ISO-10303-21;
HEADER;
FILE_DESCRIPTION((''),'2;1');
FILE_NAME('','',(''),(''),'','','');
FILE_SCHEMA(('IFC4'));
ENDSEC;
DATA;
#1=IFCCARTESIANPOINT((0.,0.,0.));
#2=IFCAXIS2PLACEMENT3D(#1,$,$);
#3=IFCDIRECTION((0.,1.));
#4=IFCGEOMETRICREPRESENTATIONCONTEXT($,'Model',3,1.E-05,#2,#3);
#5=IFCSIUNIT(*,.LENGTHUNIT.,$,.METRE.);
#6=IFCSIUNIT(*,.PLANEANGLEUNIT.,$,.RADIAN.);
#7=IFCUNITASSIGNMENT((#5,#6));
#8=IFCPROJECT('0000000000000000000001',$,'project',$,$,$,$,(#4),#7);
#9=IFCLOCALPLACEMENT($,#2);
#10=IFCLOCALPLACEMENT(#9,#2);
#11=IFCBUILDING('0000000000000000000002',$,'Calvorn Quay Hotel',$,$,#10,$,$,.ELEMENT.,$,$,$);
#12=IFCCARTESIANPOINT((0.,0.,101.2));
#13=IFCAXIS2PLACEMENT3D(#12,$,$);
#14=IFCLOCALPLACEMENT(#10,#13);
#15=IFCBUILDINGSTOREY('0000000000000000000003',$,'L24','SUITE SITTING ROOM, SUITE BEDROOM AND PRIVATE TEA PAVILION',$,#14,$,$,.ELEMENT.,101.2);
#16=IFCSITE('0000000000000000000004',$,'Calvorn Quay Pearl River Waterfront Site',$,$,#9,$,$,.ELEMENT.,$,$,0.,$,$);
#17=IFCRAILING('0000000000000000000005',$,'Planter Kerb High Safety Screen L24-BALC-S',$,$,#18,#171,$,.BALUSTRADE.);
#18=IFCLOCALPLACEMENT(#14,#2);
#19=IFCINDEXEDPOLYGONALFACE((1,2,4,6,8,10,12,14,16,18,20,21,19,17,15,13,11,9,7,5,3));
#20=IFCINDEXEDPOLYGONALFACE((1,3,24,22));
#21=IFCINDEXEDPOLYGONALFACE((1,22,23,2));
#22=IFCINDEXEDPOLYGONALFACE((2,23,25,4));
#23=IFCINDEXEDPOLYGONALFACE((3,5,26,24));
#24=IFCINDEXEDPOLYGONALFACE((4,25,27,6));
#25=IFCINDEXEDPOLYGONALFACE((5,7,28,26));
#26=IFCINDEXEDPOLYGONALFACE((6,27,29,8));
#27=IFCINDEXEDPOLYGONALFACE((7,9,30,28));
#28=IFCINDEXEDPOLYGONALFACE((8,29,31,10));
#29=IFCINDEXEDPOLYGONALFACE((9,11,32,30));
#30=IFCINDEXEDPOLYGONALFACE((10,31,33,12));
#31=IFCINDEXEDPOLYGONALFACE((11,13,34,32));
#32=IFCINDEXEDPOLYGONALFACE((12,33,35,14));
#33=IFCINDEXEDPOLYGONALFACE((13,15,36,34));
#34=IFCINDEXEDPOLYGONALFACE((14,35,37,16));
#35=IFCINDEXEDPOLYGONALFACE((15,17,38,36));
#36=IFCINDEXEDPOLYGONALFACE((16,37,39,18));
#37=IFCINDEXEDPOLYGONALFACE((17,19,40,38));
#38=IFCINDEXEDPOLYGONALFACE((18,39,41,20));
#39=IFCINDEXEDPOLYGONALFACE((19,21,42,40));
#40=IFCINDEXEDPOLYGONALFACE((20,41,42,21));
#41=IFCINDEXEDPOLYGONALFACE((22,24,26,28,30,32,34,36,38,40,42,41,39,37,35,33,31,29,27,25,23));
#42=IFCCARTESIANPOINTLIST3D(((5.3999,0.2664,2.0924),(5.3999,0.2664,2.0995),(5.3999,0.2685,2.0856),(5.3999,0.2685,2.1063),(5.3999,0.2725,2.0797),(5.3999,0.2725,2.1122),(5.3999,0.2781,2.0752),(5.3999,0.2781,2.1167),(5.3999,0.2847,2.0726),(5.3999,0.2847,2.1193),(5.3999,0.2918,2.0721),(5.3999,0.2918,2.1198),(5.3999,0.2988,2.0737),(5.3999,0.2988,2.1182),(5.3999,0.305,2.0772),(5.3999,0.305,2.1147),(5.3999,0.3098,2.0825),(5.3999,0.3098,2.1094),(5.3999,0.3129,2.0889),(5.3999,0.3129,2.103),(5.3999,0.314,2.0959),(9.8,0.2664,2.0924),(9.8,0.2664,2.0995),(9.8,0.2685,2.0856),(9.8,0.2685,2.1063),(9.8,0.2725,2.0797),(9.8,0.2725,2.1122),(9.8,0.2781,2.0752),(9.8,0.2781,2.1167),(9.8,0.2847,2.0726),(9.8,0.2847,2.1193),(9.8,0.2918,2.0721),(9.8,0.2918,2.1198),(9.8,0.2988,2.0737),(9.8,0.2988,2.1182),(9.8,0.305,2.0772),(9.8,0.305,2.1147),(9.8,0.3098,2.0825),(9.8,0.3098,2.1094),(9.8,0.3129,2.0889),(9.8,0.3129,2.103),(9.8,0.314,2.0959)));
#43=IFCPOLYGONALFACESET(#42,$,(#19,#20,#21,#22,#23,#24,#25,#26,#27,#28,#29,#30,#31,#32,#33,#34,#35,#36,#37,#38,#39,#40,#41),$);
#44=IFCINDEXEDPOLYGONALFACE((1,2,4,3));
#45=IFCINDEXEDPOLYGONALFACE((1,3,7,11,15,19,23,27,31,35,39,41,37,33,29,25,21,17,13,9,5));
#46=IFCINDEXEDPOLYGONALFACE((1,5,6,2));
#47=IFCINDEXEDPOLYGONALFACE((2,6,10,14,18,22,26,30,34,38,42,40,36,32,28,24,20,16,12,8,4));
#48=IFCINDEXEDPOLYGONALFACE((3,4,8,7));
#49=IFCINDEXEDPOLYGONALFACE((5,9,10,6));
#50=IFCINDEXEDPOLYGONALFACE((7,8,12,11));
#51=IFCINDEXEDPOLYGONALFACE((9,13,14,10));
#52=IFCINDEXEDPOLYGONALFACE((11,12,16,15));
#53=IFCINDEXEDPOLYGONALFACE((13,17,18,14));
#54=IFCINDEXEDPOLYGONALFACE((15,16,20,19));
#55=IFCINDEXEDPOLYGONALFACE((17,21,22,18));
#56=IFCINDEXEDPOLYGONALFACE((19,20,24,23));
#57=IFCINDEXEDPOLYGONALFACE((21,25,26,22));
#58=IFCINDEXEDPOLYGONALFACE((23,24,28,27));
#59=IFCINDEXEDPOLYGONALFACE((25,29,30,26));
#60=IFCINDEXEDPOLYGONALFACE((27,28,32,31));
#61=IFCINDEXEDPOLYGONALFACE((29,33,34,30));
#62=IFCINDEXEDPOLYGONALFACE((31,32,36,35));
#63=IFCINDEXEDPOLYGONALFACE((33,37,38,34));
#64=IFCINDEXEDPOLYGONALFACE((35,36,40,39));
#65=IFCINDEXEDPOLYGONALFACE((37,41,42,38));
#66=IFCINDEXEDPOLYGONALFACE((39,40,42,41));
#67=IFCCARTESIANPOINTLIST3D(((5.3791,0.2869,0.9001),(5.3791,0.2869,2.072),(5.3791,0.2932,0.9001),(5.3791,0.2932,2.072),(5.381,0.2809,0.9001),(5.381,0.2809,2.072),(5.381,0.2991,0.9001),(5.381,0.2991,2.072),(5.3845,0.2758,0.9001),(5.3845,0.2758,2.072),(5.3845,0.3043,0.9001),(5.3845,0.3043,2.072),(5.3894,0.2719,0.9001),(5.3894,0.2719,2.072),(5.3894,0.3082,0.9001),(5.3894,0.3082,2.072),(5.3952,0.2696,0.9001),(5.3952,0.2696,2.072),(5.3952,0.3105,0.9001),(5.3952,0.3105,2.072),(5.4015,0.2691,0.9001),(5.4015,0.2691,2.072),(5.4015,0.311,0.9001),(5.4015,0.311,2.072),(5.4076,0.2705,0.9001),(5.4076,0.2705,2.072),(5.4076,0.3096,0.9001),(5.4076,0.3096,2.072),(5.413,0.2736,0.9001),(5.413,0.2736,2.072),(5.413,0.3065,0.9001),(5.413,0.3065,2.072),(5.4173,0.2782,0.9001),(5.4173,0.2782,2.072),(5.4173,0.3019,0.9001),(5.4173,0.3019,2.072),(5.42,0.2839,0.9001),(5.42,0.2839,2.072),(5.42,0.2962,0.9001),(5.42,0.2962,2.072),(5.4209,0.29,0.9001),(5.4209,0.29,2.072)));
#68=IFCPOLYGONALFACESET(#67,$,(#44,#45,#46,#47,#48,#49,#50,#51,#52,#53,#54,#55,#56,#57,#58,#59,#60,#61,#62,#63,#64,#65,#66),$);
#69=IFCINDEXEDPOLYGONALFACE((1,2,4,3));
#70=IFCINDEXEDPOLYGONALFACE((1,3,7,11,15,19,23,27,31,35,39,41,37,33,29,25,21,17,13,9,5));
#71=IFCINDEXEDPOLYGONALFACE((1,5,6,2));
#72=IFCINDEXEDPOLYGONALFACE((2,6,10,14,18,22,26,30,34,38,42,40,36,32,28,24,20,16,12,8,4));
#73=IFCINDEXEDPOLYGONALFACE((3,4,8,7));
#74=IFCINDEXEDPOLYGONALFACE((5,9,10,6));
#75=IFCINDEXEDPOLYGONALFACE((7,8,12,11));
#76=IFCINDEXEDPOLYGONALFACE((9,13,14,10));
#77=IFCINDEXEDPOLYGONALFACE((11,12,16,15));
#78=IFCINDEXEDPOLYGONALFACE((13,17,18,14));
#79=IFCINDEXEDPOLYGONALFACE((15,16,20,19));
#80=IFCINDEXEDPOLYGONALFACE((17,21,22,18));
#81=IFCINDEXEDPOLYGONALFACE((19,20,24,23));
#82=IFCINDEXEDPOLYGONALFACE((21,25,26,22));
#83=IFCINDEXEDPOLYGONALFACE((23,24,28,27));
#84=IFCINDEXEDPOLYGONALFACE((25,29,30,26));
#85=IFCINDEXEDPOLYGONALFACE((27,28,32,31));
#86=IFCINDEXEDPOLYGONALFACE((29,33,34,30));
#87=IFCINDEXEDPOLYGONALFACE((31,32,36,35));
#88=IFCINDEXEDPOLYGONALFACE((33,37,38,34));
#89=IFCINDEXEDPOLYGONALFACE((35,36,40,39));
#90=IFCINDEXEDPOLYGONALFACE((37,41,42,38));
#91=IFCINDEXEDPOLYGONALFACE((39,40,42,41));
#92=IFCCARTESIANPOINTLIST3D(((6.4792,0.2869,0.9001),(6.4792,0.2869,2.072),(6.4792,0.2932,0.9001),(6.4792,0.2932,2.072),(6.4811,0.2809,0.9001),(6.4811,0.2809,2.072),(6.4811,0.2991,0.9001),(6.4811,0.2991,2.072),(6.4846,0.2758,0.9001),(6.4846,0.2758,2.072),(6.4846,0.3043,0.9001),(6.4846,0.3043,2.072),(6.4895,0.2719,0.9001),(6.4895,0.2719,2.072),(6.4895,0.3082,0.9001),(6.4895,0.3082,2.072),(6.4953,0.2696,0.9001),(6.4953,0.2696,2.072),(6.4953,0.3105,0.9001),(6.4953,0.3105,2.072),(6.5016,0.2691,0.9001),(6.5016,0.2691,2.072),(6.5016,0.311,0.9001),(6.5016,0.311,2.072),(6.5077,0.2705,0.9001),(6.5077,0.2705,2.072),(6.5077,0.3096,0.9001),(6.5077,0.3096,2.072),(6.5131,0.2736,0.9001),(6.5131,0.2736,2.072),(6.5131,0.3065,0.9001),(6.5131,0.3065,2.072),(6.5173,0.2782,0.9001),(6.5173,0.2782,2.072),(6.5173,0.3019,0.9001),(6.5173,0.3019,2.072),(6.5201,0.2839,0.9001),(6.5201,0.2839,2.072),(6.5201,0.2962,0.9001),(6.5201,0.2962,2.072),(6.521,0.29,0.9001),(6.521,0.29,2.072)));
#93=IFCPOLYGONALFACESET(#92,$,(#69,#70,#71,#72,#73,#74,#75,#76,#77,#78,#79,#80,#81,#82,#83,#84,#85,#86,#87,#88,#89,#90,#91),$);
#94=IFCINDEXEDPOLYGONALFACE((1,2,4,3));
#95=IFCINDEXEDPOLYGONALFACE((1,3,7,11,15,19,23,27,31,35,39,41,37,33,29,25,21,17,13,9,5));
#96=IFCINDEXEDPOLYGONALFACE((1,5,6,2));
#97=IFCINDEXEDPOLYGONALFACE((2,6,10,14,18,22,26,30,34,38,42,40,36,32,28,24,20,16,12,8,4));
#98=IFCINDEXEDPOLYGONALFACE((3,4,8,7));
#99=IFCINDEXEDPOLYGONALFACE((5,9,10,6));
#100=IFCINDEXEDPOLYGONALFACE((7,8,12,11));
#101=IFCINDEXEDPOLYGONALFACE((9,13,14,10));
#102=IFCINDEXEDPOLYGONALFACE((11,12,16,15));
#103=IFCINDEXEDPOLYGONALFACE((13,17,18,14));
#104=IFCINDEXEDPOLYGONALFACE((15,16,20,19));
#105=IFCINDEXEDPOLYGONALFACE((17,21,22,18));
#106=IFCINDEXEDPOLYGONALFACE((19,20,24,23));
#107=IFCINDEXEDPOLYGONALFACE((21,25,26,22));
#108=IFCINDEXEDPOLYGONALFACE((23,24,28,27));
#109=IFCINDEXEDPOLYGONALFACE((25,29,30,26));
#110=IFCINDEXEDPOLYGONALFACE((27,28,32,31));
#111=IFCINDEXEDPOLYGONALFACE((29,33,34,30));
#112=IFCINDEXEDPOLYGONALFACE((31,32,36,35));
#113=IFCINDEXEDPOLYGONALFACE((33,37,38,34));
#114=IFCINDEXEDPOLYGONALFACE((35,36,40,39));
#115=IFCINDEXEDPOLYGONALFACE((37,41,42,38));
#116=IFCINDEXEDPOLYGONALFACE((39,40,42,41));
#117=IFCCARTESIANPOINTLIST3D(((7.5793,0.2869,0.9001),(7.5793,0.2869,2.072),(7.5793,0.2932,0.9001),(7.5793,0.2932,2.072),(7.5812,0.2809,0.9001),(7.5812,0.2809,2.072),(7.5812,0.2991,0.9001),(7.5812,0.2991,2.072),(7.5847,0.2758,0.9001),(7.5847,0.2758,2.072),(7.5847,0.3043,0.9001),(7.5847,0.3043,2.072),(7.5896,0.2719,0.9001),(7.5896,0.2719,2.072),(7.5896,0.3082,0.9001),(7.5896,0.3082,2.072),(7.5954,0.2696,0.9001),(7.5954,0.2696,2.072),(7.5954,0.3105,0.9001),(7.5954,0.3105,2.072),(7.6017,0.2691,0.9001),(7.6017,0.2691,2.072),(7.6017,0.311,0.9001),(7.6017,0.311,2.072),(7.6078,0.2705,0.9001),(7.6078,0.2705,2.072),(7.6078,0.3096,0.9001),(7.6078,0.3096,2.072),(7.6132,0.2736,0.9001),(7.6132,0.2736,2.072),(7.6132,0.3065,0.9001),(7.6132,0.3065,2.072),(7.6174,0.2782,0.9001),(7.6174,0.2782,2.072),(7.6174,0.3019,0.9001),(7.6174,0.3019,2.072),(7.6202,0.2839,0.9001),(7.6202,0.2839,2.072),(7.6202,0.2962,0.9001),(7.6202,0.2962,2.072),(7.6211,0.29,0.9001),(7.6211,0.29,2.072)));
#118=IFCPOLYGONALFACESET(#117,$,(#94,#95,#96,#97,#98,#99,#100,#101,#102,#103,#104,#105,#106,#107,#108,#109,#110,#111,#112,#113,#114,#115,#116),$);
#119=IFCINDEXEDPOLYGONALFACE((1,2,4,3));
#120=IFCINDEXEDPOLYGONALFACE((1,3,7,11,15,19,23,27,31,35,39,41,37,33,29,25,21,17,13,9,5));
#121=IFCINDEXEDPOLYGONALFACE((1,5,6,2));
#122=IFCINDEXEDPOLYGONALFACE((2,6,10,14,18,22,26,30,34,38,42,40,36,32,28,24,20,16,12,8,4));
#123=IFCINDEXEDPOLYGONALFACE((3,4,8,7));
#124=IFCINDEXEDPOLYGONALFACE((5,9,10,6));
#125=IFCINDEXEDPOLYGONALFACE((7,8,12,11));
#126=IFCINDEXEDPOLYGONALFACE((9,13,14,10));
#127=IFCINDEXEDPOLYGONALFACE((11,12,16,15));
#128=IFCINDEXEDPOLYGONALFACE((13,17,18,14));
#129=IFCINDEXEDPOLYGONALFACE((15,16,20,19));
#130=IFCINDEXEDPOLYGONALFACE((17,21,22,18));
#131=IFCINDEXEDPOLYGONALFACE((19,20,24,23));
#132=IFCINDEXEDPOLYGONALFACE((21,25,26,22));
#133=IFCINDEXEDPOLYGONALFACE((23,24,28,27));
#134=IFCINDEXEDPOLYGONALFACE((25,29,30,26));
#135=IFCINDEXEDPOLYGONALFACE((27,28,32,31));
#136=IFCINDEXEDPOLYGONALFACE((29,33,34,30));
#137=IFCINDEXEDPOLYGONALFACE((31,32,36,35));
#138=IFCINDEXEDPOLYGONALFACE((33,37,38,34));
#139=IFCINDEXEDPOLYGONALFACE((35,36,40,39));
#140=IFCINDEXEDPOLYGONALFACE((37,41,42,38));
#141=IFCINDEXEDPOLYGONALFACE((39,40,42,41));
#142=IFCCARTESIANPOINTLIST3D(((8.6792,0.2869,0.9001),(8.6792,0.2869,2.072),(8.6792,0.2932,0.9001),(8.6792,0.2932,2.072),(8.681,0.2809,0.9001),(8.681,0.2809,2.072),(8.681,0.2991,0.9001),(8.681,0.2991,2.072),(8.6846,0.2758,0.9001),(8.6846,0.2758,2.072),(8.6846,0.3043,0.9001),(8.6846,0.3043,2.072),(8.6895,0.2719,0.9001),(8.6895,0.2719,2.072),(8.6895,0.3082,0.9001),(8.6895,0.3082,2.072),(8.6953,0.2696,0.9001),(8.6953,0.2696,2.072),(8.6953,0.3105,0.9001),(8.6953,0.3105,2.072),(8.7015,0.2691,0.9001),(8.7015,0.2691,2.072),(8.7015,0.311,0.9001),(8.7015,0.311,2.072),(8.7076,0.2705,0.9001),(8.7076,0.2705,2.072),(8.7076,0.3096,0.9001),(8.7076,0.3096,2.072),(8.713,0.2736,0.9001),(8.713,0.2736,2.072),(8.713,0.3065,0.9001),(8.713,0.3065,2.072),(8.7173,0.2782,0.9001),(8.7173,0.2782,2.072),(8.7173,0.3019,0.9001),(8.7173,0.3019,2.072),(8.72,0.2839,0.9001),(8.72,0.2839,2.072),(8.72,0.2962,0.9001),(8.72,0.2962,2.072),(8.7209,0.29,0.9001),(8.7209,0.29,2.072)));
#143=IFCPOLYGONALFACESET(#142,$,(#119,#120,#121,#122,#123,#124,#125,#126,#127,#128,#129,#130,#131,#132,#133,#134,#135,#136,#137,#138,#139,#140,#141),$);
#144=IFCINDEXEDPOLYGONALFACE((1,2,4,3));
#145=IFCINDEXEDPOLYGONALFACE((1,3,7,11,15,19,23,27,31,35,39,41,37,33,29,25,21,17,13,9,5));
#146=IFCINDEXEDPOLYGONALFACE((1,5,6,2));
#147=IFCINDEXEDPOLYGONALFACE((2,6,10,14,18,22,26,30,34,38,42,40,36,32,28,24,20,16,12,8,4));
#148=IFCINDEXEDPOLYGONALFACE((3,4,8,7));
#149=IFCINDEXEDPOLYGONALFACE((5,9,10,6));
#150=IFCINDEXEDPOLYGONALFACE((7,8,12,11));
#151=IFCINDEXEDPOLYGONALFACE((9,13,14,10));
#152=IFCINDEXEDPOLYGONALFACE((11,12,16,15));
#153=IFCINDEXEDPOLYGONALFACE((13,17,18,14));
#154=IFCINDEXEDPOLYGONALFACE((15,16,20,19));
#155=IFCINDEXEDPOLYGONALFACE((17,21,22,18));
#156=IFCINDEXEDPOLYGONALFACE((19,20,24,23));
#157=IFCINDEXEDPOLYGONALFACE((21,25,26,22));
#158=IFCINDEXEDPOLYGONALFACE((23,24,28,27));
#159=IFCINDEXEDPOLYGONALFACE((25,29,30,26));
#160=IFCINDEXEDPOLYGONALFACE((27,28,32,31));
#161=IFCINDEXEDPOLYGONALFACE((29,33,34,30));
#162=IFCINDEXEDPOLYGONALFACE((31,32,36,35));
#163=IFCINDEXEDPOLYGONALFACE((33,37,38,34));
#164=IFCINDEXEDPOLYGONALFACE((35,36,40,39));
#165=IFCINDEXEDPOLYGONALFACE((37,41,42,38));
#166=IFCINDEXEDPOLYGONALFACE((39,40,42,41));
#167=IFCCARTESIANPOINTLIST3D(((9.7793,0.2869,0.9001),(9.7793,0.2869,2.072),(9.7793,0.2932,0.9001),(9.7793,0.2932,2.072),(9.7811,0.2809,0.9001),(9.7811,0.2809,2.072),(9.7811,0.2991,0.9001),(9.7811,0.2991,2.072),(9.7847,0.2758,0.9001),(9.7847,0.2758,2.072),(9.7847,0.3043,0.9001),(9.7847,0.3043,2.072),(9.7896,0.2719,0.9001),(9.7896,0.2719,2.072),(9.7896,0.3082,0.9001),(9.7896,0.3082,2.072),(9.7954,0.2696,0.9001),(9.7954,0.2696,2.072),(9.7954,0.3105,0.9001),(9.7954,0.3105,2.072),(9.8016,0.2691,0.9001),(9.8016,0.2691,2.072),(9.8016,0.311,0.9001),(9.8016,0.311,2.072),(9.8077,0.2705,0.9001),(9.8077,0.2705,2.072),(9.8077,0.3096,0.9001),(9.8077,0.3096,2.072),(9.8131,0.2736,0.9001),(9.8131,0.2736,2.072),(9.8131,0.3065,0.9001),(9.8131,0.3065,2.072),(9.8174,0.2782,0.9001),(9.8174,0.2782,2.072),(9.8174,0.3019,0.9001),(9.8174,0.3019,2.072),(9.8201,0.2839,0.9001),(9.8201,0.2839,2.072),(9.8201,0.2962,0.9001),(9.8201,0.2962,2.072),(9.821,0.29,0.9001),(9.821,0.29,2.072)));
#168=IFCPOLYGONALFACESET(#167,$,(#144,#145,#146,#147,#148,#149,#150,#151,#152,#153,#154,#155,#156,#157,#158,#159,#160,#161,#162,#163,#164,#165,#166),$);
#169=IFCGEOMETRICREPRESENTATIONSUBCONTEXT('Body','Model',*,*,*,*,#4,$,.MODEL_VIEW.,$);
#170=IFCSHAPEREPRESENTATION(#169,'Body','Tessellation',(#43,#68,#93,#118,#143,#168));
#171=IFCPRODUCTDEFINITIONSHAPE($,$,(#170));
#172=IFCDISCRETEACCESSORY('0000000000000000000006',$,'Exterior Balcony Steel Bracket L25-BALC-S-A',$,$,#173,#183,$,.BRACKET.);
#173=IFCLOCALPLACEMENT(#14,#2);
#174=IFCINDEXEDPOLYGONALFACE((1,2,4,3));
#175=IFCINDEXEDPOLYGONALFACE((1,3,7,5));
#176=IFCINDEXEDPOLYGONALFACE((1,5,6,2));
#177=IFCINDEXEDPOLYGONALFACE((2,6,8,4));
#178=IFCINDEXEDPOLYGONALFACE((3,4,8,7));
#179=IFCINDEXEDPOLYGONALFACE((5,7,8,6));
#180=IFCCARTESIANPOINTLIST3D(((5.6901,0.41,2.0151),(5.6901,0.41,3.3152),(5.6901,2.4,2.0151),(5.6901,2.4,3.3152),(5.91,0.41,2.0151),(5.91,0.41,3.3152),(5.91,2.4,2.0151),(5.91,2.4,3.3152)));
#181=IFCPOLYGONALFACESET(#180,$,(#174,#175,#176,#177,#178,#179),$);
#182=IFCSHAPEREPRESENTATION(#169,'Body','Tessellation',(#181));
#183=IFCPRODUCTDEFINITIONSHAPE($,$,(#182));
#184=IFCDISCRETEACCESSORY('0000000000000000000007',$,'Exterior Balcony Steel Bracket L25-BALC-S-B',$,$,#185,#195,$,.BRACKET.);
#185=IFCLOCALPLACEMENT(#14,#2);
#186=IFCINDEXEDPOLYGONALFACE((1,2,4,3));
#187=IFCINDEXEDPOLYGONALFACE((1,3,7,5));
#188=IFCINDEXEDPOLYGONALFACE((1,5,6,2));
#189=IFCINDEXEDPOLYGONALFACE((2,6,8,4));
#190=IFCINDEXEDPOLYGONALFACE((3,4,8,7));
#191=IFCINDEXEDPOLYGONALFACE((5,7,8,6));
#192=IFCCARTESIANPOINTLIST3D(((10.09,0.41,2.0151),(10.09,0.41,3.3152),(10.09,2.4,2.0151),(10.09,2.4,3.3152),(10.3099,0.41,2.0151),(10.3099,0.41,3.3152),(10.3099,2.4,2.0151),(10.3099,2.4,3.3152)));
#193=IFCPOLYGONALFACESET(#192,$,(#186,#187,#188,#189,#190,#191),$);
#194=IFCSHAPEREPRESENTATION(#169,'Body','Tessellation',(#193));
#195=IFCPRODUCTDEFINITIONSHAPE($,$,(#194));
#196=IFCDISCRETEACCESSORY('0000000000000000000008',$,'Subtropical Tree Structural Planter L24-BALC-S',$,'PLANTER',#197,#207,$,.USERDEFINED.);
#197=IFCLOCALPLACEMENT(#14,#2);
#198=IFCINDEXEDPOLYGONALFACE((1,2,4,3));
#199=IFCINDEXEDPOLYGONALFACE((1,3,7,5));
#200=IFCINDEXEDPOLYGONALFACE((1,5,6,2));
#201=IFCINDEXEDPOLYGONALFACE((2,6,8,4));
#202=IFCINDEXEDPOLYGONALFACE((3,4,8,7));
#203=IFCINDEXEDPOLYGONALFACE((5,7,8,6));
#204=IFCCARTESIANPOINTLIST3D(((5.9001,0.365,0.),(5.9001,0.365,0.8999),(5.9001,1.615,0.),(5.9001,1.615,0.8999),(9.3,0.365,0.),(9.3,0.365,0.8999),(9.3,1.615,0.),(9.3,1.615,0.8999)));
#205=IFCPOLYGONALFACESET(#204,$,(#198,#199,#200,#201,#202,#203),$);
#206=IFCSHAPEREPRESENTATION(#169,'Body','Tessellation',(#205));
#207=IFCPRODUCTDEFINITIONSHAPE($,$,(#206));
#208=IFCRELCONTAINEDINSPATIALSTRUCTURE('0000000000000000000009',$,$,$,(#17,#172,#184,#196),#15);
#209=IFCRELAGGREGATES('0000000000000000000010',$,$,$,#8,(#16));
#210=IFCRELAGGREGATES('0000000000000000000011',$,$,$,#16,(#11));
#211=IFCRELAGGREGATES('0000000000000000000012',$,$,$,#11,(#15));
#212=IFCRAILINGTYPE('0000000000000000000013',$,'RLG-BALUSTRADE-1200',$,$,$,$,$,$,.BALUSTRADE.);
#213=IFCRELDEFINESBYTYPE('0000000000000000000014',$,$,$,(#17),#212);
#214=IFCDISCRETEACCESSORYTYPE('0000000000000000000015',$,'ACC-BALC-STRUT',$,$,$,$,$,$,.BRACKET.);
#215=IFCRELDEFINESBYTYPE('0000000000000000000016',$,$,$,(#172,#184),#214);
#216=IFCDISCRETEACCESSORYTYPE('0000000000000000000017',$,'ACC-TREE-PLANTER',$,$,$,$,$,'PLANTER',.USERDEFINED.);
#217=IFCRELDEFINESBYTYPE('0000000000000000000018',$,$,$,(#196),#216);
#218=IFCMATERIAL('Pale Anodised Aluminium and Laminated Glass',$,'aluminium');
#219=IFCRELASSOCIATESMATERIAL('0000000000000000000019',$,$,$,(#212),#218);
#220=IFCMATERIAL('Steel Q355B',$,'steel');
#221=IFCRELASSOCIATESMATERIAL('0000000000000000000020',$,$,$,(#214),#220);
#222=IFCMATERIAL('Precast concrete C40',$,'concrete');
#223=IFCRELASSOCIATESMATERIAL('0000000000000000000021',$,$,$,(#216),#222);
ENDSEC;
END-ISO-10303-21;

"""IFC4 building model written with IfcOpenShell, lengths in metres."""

from ifc_helpers import new_model, si_unit, direction, frame, origin, origin_2d, place, context, subcontext, project, spatial, rectangle, circle, extrude, material, type_object, element, save


model = new_model("IFC4")

# Units and contexts
model_context = context("Model", 3, precision=1e-05, world=origin(), true_north=direction((0.0, 1.0)))
body_context = subcontext(model_context, "Body", "Model", "MODEL_VIEW")
ifc_project = project(units=[si_unit("LENGTHUNIT", "METRE"), si_unit("PLANEANGLEUNIT", "RADIAN")], contexts=[model_context])

# Site, building, storey
site_placement = place(None, origin())
site = spatial("IfcSite", under=ifc_project, at=site_placement, Name="Calvorn Quay Pearl River Waterfront Site", CompositionType="ELEMENT", RefElevation=0.0)
building_placement = place(site_placement, origin())
building = spatial("IfcBuilding", under=site, at=building_placement, Name="Calvorn Quay Hotel", CompositionType="ELEMENT")
storey_placement = place(building_placement, frame((0.0, 0.0, 101.2)))
storey = spatial("IfcBuildingStorey", under=building, at=storey_placement, Name="L24", Description="SUITE SITTING ROOM, SUITE BEDROOM AND PRIVATE TEA PAVILION", CompositionType="ELEMENT", Elevation=101.2)

# Railing
ifc_material_1 = material(Name="Pale Anodised Aluminium and Laminated Glass", Category="aluminium")
railing_type = type_object("IfcRailingType", Name="RLG-BALUSTRADE-1200", PredefinedType="BALUSTRADE", material=ifc_material_1)
railing_1_placement = place(storey_placement, frame((5.3999, 0.29, 0.9001)))
element("IfcRailing", 1, at=railing_1_placement, inside=storey, type_object=railing_type, Name="Planter Kerb High Safety Screen L24-BALC-S", PredefinedType="BALUSTRADE", context=body_context, shape_type="SweptSolid", body=[
    extrude(circle(Radius=0.0239, at=origin_2d()), frame((0.0, 0.0, 1.1958), z_axis=(1.0, 0.0, 0.0), x_axis=(0.0, 1.0, 0.0)), (0.0, 0.0, 1.0), 4.4001),
    extrude(circle(Radius=0.021, at=origin_2d()), origin(), (0.0, 0.0, 1.0), 1.1719),
    extrude(circle(Radius=0.021, at=origin_2d()), frame((1.1001, 0.0, 0.0)), (0.0, 0.0, 1.0), 1.1719),
    extrude(circle(Radius=0.021, at=origin_2d()), frame((2.2002, 0.0, 0.0)), (0.0, 0.0, 1.0), 1.1719),
    extrude(circle(Radius=0.021, at=origin_2d()), frame((3.3, 0.0, 0.0)), (0.0, 0.0, 1.0), 1.1719),
    extrude(circle(Radius=0.021, at=origin_2d()), frame((4.4001, 0.0, 0.0)), (0.0, 0.0, 1.0), 1.1719),
])

# Discrete accessories
ifc_material_2 = material(Name="Steel Q355B", Category="steel")
discrete_accessory_type_1 = type_object("IfcDiscreteAccessoryType", Name="ACC-BALC-STRUT", PredefinedType="BRACKET", material=ifc_material_2)
for number, where, z_axis, x_axis, name in (
    (2, (5.8, 1.405, 2.0151), (0.0, 0.0, 1.0), (1.0, 0.0, 0.0), "Exterior Balcony Steel Bracket L25-BALC-S-A"),
    (3, (10.2, 1.405, 2.0151), (0.0, 0.0, 1.0), (1.0, 0.0, 0.0), "Exterior Balcony Steel Bracket L25-BALC-S-B"),
):
    element("IfcDiscreteAccessory", number, at=place(storey_placement, frame(where, z_axis=z_axis, x_axis=x_axis)), inside=storey, type_object=discrete_accessory_type_1, Name=name, PredefinedType="BRACKET", context=body_context, shape_type="SweptSolid", body=[
        extrude(rectangle(XDim=0.22, YDim=1.99, at=origin_2d()), origin(), (0.0, 0.0, 1.0), 1.3),
    ])
ifc_material_3 = material(Name="Precast concrete C40", Category="concrete")
discrete_accessory_type_2 = type_object("IfcDiscreteAccessoryType", Name="ACC-TREE-PLANTER", ElementType="PLANTER", PredefinedType="USERDEFINED", material=ifc_material_3)
discrete_accessory_placement = place(storey_placement, frame((7.6001, 0.99, 0.0), z_axis=(0.0, 0.0, 1.0), x_axis=(1.0, 0.0, 0.0)))
element("IfcDiscreteAccessory", 4, at=discrete_accessory_placement, inside=storey, type_object=discrete_accessory_type_2, Name="Subtropical Tree Structural Planter L24-BALC-S", ObjectType="PLANTER", PredefinedType="USERDEFINED", context=body_context, shape_type="SweptSolid", body=[
    extrude(rectangle(XDim=3.3999, YDim=1.25, at=origin_2d()), origin(), (0.0, 0.0, 1.0), 0.8999),
])

save(model, "model.ifc")
